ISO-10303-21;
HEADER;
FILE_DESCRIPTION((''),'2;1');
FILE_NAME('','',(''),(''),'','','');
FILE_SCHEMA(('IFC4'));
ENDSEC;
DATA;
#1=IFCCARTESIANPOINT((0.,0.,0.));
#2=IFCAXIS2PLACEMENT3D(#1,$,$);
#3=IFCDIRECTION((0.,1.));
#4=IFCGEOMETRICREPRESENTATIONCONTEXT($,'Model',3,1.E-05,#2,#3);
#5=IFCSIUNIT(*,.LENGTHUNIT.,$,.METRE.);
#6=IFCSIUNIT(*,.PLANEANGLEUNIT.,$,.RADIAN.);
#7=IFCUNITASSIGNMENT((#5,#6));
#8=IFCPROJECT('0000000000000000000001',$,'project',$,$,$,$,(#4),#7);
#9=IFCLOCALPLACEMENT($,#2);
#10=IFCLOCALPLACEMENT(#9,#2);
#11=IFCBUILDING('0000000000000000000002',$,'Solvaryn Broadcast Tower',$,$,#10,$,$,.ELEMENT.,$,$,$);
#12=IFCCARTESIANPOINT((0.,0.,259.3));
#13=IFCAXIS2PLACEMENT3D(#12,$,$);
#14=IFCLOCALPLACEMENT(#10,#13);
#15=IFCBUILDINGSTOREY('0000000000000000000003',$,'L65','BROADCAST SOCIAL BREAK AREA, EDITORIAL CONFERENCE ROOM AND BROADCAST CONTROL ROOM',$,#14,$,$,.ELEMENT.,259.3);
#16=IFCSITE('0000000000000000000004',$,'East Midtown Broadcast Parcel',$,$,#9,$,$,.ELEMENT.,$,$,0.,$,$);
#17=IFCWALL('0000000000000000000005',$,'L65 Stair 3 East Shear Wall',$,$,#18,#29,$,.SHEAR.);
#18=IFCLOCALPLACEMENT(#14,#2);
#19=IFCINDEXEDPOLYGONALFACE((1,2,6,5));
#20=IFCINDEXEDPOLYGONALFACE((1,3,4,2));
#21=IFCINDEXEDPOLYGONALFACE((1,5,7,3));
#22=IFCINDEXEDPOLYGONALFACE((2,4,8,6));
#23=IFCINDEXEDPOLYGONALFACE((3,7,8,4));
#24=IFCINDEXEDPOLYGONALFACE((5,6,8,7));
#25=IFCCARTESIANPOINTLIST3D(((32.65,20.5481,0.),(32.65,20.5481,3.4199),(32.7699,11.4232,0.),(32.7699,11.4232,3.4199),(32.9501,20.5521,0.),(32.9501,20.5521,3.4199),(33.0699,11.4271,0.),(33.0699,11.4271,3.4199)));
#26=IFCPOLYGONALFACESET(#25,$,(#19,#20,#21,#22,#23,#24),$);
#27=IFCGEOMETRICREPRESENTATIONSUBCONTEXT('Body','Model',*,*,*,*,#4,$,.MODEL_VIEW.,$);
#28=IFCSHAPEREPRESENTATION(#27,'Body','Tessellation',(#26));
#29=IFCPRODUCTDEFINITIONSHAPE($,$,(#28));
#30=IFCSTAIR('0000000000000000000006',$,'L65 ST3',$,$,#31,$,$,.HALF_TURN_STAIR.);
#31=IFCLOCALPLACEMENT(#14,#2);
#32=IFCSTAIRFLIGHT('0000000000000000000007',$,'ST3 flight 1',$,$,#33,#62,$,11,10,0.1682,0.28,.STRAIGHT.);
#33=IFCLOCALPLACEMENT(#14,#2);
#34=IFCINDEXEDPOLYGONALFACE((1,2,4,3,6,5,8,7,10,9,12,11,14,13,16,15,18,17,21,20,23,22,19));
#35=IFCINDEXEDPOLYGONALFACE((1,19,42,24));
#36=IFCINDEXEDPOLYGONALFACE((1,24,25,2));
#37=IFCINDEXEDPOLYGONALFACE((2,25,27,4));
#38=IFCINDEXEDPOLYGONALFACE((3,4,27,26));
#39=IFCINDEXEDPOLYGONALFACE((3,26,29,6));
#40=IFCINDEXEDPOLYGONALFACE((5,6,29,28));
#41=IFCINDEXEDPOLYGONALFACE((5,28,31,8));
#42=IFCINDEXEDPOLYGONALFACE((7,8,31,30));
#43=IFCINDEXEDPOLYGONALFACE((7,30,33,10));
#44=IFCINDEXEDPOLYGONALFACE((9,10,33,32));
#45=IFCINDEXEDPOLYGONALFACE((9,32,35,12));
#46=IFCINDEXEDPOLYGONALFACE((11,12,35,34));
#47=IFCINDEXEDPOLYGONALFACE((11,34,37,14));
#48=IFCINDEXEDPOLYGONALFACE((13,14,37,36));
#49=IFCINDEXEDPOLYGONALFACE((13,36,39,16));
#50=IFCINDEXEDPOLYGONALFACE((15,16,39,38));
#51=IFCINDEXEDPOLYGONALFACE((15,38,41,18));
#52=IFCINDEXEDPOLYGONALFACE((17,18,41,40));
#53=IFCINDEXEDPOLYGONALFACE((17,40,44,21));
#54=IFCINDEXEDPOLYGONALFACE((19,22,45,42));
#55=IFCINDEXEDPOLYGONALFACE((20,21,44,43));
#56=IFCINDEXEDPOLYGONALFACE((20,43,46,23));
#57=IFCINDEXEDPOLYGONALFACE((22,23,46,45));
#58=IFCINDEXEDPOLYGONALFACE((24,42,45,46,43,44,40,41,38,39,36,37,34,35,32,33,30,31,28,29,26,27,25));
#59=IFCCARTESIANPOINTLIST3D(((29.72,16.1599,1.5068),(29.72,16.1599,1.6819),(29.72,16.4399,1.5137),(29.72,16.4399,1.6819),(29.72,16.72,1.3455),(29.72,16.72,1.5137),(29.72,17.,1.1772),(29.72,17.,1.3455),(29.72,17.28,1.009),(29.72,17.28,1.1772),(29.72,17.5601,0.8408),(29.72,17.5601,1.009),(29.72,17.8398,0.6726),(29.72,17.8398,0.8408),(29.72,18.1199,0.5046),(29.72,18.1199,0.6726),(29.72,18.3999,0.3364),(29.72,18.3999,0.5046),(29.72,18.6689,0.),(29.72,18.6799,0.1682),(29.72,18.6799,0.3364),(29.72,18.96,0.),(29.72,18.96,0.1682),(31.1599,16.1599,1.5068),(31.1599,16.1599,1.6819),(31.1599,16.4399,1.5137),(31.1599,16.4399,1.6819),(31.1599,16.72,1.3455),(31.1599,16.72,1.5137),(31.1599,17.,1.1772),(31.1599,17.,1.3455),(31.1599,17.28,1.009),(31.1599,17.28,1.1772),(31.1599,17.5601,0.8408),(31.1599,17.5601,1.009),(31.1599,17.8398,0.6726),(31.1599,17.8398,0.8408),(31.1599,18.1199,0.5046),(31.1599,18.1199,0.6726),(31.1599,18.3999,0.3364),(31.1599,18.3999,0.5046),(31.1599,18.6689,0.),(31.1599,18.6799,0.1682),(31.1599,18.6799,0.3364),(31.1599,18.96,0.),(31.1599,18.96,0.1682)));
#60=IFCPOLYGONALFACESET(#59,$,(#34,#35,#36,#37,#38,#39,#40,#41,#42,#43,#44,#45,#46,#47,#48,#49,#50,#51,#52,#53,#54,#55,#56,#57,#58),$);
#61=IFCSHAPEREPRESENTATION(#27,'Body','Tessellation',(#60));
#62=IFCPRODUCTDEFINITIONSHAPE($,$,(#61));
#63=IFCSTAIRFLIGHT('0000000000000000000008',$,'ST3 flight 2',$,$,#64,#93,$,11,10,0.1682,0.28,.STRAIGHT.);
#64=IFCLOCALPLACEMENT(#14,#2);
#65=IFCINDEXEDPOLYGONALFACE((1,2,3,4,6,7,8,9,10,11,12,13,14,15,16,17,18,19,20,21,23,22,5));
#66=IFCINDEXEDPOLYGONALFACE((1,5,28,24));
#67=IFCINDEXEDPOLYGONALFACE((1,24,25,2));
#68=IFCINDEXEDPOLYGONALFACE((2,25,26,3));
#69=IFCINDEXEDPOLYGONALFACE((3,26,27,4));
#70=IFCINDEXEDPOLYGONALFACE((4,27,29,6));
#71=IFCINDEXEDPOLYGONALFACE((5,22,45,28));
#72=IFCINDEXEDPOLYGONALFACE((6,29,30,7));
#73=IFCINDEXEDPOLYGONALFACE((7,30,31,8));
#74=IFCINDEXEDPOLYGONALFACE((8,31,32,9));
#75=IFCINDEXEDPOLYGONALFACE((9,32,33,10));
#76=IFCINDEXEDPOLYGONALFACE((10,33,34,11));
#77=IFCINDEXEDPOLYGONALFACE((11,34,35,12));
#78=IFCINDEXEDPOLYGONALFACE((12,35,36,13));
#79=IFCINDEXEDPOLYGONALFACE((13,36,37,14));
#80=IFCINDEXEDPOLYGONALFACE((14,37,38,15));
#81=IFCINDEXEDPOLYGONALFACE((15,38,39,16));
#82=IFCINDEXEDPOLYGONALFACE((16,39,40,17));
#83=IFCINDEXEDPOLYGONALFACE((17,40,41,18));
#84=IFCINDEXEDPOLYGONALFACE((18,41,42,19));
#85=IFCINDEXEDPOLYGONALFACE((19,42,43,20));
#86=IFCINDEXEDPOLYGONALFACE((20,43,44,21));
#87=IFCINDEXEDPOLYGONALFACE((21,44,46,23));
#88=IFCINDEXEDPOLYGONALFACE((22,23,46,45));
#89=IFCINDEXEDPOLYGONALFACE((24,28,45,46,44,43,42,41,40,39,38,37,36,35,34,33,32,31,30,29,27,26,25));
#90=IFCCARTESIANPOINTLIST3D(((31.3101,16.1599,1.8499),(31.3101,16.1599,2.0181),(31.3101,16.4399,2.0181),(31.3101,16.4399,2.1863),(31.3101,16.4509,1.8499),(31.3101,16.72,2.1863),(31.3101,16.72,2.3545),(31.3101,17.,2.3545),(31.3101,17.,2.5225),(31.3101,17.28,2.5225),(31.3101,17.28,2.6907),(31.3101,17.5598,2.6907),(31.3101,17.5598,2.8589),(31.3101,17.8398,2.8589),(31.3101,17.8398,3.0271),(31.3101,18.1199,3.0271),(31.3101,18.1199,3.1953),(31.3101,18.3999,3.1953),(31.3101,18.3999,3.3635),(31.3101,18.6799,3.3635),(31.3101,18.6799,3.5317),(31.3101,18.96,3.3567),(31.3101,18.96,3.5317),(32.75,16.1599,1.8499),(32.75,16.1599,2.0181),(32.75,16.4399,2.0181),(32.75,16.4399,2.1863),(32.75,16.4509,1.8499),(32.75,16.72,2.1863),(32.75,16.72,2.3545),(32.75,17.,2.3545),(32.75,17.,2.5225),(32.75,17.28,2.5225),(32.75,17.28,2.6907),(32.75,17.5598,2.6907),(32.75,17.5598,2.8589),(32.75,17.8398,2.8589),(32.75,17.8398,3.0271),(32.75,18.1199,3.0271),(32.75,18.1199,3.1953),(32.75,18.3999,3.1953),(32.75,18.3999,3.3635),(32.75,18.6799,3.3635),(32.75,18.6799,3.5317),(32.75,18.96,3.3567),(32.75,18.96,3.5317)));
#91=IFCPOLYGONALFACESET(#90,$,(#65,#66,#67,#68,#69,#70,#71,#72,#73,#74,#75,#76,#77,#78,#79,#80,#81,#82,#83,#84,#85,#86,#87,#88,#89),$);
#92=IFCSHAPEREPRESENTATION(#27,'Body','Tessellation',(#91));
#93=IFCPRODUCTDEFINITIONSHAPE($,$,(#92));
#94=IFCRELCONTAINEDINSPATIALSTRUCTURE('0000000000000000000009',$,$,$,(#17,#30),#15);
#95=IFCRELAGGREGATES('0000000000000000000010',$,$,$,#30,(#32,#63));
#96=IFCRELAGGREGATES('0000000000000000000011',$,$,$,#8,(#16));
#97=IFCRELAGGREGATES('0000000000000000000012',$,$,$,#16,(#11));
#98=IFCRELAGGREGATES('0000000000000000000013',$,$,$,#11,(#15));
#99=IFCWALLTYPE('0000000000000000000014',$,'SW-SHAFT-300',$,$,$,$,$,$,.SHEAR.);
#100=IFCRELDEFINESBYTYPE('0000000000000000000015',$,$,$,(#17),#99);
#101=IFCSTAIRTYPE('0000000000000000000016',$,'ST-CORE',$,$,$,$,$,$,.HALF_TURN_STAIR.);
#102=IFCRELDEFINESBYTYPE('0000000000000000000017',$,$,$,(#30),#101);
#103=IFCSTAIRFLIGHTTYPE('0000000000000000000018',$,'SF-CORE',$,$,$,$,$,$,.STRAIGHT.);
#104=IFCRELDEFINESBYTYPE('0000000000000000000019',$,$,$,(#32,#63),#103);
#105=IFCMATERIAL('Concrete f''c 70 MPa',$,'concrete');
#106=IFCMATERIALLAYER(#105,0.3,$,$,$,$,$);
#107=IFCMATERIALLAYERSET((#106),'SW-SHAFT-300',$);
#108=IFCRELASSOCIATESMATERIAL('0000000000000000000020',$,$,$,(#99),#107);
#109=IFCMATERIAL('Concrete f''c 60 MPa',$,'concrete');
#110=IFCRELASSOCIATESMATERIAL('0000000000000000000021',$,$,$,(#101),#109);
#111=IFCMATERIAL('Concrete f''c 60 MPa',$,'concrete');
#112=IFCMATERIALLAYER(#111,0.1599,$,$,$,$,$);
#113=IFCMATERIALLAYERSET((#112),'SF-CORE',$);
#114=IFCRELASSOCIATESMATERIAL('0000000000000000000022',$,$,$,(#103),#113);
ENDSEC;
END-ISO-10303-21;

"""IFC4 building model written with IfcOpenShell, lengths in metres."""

from ifc_helpers import new_model, si_unit, direction, frame, frame_2d, origin, place, context, subcontext, project, spatial, polyline, rectangle, outline, extrude, material, layer, layer_set, type_object, element, aggregate, save


model = new_model("IFC4")

# Units and contexts
model_context = context("Model", 3, precision=1e-05, world=origin(), true_north=direction((0.0, 1.0)))
body_context = subcontext(model_context, "Body", "Model", "MODEL_VIEW")
ifc_project = project(units=[si_unit("LENGTHUNIT", "METRE"), si_unit("PLANEANGLEUNIT", "RADIAN")], contexts=[model_context])

# Site, building, storey
site_placement = place(None, origin())
site = spatial("IfcSite", under=ifc_project, at=site_placement, Name="East Midtown Broadcast Parcel", CompositionType="ELEMENT", RefElevation=0.0)
building_placement = place(site_placement, origin())
building = spatial("IfcBuilding", under=site, at=building_placement, Name="Solvaryn Broadcast Tower", CompositionType="ELEMENT")
storey_placement = place(building_placement, frame((0.0, 0.0, 259.3)))
storey = spatial("IfcBuildingStorey", under=building, at=storey_placement, Name="L65", Description="BROADCAST SOCIAL BREAK AREA, EDITORIAL CONFERENCE ROOM AND BROADCAST CONTROL ROOM", CompositionType="ELEMENT", Elevation=259.3)

# Wall
ifc_material_1 = material(Name="Concrete f'c 70 MPa", Category="concrete")
ifc_layer_1 = layer(ifc_material_1, 0.3)
ifc_layer_set_1 = layer_set([ifc_layer_1], Name="SW-SHAFT-300")
wall_type_1 = type_object("IfcWallType", Name="SW-SHAFT-300", PredefinedType="SHEAR", material=ifc_layer_set_1)
wall_1_placement = place(storey_placement, frame((32.9199, 11.425, 0.0), z_axis=(0.0, 0.0, 1.0), x_axis=(-0.013136, 0.999914, 0.0)))
element("IfcWall", 1, at=wall_1_placement, inside=storey, type_object=wall_type_1, Name="L65 Stair 3 East Shear Wall", PredefinedType="SHEAR", context=body_context, shape_type="SweptSolid", body=[
    extrude(rectangle(XDim=9.1257, YDim=0.3, at=frame_2d((4.563, 0.0))), origin(), (0.0, 0.0, 1.0), 3.4199),
])

# Stair, stair flights
ifc_material_2 = material(Name="Concrete f'c 60 MPa", Category="concrete")
stair_type = type_object("IfcStairType", Name="ST-CORE", PredefinedType="HALF_TURN_STAIR", material=ifc_material_2)
stair_placement = place(storey_placement, origin())
stair = element("IfcStair", 2, at=stair_placement, inside=storey, type_object=stair_type, Name="L65 ST3", PredefinedType="HALF_TURN_STAIR")
ifc_material_3 = material(Name="Concrete f'c 60 MPa", Category="concrete")
ifc_layer_2 = layer(ifc_material_3, 0.1599)
ifc_layer_set_2 = layer_set([ifc_layer_2], Name="SF-CORE")
stair_flight_type = type_object("IfcStairFlightType", Name="SF-CORE", PredefinedType="STRAIGHT", material=ifc_layer_set_2)
stair_flight_1_placement = place(storey_placement, frame((30.4399, 18.96, 0.0), z_axis=(0.0, 0.0, 1.0), x_axis=(0.0, -1.0, 0.0)))
stair_flight_1 = element("IfcStairFlight", 3, at=stair_flight_1_placement, type_object=stair_flight_type, Name="ST3 flight 1", NumberOfRisers=11, NumberOfTreads=10, PredefinedType="STRAIGHT", RiserHeight=0.1682, TreadLength=0.28, context=body_context, shape_type="SweptSolid", body=[
    extrude(outline(polyline([(0.0, 0.0), (0.0, 0.1682), (0.28, 0.1682), (0.28, 0.3364), (0.5601, 0.3364), (0.5601, 0.5046), (0.8401, 0.5046), (0.8401, 0.6726), (1.1201, 0.6726), (1.1201, 0.8408), (1.3999, 0.8408), (1.3999, 1.009), (1.6799, 1.009), (1.6799, 1.1772), (1.96, 1.1772), (1.96, 1.3455), (2.24, 1.3455), (2.24, 1.5137), (2.52, 1.5137), (2.52, 1.6819), (2.8, 1.6819), (2.8, 1.8501), (2.8, 1.5068), (0.291, 0.0), (0.0, 0.0)])), frame((0.0, 0.72, 0.0), z_axis=(0.0, -1.0, 0.0), x_axis=(1.0, 0.0, 0.0)), (0.0, 0.0, 1.0), 1.4399),
])
stair_flight_2_placement = place(storey_placement, frame((32.03, 16.1599, 1.8499), z_axis=(0.0, 0.0, 1.0), x_axis=(0.0, 1.0, 0.0)))
stair_flight_2 = element("IfcStairFlight", 4, at=stair_flight_2_placement, type_object=stair_flight_type, Name="ST3 flight 2", NumberOfRisers=11, NumberOfTreads=10, PredefinedType="STRAIGHT", RiserHeight=0.1682, TreadLength=0.28, context=body_context, shape_type="SweptSolid", body=[
    extrude(outline(polyline([(0.0, 0.0), (0.0, 0.1682), (0.28, 0.1682), (0.28, 0.3364), (0.5601, 0.3364), (0.5601, 0.5046), (0.8401, 0.5046), (0.8401, 0.6726), (1.1201, 0.6726), (1.1201, 0.8408), (1.3999, 0.8408), (1.3999, 1.009), (1.6799, 1.009), (1.6799, 1.1772), (1.96, 1.1772), (1.96, 1.3455), (2.24, 1.3455), (2.24, 1.5137), (2.52, 1.5137), (2.52, 1.6819), (2.8, 1.6819), (2.8, 1.8501), (2.8, 1.5068), (0.291, 0.0), (0.0, 0.0)])), frame((0.0, 0.72, 0.0), z_axis=(0.0, -1.0, 0.0), x_axis=(1.0, 0.0, 0.0)), (0.0, 0.0, 1.0), 1.4399),
])
aggregate(stair, [stair_flight_1, stair_flight_2])

save(model, "model.ifc")
